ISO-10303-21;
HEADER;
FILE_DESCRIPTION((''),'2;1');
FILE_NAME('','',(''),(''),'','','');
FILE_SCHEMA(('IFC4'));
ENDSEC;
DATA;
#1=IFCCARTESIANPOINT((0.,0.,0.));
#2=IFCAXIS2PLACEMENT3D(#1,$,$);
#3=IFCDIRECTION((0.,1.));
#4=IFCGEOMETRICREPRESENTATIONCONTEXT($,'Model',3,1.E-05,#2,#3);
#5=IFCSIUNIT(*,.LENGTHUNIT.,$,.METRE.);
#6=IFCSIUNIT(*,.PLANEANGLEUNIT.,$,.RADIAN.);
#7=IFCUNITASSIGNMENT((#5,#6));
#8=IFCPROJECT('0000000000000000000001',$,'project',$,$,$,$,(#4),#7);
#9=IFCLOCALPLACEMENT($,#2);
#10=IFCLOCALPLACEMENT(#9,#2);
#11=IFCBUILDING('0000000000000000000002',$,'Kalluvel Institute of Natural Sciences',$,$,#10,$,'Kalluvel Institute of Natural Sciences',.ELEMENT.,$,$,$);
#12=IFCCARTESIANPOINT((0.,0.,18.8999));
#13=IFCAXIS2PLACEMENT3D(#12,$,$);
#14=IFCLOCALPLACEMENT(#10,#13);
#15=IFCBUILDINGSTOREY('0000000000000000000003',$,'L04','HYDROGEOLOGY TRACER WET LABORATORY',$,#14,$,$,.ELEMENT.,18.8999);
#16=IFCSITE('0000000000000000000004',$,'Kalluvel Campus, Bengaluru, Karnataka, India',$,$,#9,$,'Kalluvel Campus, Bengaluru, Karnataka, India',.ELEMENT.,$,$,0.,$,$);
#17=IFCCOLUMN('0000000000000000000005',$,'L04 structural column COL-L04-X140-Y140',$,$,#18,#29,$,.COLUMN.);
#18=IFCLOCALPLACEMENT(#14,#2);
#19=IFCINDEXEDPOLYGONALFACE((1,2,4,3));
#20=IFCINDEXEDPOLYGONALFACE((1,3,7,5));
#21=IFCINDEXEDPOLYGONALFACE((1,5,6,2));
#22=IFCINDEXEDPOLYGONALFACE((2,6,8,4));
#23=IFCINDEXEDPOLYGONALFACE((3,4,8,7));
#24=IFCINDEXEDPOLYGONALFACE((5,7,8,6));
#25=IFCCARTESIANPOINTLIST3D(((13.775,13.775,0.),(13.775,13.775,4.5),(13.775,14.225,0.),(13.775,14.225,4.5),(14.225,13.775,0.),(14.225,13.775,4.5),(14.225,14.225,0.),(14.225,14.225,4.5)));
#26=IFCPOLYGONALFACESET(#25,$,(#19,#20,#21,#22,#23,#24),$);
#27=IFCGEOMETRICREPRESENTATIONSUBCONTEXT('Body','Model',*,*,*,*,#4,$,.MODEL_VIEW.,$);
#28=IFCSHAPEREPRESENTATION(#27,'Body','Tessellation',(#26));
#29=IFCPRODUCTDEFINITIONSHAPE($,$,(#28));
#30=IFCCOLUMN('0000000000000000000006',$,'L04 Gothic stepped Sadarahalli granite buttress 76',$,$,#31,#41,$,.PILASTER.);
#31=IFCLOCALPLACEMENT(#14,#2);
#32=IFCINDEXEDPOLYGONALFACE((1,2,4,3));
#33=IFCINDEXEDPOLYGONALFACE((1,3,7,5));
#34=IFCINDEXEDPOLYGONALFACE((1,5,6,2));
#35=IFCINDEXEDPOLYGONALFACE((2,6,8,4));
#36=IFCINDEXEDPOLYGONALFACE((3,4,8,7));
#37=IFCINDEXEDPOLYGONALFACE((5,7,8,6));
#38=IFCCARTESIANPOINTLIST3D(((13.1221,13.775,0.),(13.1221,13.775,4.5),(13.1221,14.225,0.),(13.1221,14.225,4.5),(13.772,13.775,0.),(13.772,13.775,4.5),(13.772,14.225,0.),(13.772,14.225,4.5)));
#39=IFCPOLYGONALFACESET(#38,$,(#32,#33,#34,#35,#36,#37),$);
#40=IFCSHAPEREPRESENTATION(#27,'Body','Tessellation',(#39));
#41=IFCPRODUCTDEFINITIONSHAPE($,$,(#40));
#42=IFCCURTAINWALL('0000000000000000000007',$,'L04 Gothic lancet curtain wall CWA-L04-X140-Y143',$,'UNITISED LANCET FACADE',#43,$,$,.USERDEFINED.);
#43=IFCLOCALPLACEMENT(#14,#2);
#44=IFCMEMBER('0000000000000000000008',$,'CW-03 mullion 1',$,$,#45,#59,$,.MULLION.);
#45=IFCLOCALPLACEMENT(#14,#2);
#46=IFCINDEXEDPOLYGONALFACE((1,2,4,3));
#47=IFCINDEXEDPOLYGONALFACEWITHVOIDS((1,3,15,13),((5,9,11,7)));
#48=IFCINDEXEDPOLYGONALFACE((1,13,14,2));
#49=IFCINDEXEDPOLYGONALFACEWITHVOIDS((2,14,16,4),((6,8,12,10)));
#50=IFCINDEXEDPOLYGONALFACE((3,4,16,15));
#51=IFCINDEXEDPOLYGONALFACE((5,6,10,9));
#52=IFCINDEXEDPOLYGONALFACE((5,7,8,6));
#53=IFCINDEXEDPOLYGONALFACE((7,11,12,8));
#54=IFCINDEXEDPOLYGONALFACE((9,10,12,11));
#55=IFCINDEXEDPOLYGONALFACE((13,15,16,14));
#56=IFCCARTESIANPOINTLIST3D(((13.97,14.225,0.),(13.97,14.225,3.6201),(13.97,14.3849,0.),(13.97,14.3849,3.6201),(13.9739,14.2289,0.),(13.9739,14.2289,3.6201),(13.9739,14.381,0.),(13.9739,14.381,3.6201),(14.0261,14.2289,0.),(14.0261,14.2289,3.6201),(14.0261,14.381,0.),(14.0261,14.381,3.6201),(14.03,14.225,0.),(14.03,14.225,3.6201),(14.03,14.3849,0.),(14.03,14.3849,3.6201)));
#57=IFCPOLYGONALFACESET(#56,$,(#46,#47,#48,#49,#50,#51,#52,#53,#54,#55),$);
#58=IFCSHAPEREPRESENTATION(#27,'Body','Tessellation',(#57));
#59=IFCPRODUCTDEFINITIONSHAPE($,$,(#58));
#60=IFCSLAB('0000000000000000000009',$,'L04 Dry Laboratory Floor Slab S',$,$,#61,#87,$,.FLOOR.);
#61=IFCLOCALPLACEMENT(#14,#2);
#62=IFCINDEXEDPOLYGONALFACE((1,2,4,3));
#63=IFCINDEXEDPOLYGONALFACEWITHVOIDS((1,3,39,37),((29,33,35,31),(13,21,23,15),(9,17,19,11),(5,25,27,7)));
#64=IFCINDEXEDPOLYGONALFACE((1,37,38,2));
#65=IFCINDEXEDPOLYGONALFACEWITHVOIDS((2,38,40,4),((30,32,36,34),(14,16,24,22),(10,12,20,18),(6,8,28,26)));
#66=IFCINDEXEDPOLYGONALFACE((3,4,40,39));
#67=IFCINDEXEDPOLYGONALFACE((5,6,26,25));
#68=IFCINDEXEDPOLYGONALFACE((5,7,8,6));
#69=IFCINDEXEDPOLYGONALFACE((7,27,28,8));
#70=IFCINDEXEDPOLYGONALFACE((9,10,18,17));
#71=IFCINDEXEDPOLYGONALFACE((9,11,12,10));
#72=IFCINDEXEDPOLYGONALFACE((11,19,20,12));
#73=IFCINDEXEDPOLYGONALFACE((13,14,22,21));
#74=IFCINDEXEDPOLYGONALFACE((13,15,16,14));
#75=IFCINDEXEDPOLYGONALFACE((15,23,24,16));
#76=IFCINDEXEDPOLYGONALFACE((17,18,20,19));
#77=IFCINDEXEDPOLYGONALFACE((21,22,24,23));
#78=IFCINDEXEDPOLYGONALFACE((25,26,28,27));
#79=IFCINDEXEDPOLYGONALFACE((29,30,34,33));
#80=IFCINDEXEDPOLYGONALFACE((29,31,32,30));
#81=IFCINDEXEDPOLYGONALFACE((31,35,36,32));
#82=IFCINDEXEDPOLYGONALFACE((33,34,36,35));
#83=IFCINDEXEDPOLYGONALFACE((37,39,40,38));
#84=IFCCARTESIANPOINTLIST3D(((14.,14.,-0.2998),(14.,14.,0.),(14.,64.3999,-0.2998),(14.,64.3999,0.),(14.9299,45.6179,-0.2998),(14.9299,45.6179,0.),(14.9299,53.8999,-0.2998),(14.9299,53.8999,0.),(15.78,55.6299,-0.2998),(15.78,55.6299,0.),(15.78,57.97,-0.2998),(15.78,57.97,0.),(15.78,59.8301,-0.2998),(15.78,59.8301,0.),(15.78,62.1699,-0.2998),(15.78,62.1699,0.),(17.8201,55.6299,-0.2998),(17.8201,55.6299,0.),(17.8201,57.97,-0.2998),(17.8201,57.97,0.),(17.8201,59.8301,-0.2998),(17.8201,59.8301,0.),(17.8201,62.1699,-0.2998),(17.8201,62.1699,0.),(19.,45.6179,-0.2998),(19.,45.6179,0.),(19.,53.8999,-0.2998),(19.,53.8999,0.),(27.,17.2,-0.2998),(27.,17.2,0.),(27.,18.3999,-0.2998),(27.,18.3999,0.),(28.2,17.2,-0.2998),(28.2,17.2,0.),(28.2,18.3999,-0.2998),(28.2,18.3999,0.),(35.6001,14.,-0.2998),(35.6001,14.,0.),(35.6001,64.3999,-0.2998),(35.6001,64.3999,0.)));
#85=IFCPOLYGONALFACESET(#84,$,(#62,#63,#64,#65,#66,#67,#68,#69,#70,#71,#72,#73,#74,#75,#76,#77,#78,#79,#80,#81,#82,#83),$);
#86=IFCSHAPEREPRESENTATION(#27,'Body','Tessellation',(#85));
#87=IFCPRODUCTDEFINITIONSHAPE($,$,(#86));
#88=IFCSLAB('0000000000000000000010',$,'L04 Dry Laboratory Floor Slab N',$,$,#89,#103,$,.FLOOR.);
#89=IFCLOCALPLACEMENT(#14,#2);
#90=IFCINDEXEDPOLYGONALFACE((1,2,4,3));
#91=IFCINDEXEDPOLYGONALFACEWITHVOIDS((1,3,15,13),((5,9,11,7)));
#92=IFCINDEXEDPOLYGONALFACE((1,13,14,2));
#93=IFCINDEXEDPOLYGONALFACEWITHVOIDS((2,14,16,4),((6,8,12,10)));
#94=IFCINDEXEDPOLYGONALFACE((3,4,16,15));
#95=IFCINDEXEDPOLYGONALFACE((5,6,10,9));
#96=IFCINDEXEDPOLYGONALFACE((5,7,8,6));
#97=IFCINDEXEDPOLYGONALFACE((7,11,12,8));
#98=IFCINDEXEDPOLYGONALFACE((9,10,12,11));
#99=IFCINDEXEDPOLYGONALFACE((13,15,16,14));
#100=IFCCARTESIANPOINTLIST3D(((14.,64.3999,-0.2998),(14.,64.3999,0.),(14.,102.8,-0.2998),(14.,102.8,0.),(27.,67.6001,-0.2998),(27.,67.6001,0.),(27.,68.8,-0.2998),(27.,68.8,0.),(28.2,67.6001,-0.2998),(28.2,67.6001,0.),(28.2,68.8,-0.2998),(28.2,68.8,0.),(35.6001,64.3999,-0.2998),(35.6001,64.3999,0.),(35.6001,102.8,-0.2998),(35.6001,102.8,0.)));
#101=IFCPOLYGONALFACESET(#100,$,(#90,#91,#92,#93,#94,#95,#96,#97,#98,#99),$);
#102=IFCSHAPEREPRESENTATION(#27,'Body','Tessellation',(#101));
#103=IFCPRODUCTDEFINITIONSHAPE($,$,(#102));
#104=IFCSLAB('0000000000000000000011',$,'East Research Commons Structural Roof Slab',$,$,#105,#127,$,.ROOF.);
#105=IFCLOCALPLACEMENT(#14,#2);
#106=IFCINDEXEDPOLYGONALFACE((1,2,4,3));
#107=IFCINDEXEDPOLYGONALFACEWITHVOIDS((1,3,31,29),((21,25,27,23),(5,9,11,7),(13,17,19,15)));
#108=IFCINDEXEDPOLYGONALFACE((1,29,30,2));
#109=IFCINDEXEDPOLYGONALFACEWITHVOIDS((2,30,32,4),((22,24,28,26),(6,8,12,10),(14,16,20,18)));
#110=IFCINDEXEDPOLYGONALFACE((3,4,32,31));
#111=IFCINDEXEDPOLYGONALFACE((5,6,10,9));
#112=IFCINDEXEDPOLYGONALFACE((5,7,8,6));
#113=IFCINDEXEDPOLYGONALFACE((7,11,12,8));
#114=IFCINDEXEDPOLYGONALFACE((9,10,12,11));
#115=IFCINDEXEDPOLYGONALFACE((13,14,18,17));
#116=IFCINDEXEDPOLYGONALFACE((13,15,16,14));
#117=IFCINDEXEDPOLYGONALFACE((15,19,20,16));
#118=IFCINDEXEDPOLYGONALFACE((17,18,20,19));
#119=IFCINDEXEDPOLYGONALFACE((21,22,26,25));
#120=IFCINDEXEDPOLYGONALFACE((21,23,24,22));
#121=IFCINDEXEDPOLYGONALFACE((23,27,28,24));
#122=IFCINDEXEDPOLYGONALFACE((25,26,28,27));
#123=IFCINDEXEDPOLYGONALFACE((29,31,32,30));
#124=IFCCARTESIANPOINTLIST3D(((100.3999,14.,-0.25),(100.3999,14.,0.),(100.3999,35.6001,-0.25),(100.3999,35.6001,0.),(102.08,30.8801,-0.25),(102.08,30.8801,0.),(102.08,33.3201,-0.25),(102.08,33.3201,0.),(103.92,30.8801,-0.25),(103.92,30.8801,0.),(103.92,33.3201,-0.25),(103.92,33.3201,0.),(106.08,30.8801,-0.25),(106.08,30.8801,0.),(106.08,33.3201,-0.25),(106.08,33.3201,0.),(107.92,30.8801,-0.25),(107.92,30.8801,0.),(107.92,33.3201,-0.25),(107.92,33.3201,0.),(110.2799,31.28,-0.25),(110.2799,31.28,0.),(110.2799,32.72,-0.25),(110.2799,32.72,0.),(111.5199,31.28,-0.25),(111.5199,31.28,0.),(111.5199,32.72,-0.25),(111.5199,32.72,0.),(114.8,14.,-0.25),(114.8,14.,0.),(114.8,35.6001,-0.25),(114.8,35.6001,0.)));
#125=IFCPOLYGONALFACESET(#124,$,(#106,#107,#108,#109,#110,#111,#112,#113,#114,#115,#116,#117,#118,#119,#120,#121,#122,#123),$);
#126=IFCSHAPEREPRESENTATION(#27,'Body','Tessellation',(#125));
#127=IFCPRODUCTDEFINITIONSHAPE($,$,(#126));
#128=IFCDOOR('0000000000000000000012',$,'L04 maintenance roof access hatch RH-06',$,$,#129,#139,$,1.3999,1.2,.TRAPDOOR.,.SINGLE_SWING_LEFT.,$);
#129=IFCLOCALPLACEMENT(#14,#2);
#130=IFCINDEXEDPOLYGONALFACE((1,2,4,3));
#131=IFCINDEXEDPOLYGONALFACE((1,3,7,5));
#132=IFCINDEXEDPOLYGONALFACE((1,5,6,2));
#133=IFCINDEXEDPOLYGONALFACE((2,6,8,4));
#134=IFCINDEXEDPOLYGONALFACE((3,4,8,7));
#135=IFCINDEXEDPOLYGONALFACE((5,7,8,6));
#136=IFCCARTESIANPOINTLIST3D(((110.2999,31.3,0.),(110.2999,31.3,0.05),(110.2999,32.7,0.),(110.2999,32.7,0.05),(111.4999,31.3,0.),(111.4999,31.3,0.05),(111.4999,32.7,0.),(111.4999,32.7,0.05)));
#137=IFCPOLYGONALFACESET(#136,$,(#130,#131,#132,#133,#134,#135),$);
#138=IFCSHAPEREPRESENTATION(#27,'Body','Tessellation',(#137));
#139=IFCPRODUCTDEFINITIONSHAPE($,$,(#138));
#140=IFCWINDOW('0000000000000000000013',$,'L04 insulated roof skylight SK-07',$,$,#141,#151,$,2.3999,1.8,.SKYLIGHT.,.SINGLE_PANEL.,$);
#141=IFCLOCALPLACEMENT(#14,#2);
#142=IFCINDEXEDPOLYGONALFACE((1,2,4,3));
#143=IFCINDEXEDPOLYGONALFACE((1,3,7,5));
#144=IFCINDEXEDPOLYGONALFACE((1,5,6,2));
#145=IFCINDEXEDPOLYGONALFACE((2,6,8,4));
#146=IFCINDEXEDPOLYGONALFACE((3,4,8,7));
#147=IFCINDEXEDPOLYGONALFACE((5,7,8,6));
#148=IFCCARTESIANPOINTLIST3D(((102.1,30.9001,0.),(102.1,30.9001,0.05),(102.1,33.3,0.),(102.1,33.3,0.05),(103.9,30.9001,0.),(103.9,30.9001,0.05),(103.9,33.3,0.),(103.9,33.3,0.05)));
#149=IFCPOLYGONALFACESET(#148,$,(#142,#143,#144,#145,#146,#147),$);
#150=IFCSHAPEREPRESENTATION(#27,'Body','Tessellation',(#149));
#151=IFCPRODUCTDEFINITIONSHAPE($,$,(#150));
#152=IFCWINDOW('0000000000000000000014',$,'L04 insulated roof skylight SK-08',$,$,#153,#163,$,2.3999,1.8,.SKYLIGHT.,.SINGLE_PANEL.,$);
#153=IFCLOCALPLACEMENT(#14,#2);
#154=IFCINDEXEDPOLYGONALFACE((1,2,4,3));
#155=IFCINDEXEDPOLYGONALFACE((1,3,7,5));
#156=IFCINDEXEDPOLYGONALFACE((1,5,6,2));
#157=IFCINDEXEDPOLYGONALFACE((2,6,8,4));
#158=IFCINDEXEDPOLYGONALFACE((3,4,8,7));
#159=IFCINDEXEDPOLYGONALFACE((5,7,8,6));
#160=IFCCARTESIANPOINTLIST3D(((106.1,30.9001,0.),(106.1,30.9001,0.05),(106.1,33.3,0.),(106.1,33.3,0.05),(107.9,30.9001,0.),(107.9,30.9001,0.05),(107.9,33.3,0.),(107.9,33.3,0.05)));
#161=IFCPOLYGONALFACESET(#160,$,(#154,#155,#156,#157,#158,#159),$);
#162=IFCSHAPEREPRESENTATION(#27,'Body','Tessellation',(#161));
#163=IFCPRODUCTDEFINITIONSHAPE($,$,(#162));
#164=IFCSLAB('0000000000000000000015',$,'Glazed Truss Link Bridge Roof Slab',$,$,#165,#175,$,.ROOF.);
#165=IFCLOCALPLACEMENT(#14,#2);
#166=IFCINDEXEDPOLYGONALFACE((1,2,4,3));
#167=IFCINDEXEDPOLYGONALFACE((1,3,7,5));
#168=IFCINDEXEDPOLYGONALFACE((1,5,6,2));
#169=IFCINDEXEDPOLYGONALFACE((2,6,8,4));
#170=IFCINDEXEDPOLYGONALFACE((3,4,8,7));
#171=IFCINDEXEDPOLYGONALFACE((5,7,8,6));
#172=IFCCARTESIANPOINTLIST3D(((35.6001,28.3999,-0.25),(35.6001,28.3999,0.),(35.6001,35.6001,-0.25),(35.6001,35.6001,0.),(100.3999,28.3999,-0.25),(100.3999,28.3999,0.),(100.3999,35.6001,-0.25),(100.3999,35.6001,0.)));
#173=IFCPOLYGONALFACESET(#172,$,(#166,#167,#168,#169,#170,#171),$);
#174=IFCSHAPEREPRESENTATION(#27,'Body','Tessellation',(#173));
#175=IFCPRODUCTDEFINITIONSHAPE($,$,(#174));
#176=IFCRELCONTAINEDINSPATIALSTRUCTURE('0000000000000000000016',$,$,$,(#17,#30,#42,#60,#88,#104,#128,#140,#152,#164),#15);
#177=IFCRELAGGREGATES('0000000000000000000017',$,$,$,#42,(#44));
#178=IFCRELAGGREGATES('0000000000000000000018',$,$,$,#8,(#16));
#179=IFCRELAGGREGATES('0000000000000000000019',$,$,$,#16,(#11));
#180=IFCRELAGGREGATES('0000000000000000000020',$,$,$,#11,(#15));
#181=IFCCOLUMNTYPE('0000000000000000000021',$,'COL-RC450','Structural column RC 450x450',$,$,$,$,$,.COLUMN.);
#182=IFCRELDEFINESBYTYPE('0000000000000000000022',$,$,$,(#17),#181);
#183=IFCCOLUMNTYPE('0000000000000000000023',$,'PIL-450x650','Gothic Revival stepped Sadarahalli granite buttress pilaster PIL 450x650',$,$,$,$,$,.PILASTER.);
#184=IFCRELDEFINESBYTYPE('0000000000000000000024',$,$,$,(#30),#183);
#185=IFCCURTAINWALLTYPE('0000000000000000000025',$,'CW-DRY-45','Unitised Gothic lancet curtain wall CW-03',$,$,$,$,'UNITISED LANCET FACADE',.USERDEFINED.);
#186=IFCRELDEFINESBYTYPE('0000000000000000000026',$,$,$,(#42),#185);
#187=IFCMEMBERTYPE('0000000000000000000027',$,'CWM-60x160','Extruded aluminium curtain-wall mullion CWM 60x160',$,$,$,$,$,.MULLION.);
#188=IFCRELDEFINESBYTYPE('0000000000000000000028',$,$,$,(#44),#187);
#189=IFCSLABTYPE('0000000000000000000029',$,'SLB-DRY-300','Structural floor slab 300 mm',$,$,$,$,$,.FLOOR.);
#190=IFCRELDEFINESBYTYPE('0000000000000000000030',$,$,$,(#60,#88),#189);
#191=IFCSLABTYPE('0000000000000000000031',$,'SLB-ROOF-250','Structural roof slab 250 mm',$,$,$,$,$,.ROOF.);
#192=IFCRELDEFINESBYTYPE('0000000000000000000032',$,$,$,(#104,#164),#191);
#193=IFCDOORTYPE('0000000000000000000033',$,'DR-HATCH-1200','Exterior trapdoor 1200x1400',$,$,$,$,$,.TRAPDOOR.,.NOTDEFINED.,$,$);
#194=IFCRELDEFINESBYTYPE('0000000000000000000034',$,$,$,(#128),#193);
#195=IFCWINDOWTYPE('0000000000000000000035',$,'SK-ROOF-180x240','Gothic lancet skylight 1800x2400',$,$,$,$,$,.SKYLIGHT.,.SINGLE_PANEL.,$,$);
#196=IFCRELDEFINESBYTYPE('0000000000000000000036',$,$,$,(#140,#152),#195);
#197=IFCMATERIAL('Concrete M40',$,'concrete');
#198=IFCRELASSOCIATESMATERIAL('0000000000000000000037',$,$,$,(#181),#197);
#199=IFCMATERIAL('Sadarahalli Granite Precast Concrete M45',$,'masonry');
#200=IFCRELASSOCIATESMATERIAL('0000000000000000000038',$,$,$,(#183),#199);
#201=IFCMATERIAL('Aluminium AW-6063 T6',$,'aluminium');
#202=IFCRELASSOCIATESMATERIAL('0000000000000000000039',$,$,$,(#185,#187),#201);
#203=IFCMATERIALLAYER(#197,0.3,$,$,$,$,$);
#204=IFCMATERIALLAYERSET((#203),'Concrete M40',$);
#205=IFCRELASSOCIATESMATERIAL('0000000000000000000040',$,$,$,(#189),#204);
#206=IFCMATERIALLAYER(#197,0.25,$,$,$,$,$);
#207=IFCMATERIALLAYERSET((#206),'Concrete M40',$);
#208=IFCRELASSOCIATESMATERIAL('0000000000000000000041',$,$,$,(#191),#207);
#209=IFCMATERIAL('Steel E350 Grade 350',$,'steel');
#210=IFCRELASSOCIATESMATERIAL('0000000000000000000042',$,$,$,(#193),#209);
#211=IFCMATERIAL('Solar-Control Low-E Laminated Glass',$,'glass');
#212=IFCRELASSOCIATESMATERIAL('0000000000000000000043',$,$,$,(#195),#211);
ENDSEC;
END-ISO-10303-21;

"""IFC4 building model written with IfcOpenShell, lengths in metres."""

from ifc_helpers import new_model, si_unit, direction, frame, origin, origin_2d, place, context, subcontext, project, spatial, polyline, rectangle, hollow_rectangle, outline, extrude, material, layer, layer_set, material_profile, profile_set, type_object, element, fill, aggregate, save


model = new_model("IFC4")

# Units and contexts
model_context = context("Model", 3, precision=1e-05, world=origin(), true_north=direction((0.0, 1.0)))
body_context = subcontext(model_context, "Body", "Model", "MODEL_VIEW")
ifc_project = project(units=[si_unit("LENGTHUNIT", "METRE"), si_unit("PLANEANGLEUNIT", "RADIAN")], contexts=[model_context])

# Site, building, storey
site_placement = place(None, origin())
site = spatial("IfcSite", under=ifc_project, at=site_placement, Name="Kalluvel Campus, Bengaluru, Karnataka, India", LongName="Kalluvel Campus, Bengaluru, Karnataka, India", CompositionType="ELEMENT", RefElevation=0.0)
building_placement = place(site_placement, origin())
building = spatial("IfcBuilding", under=site, at=building_placement, Name="Kalluvel Institute of Natural Sciences", LongName="Kalluvel Institute of Natural Sciences", CompositionType="ELEMENT")
storey_placement = place(building_placement, frame((0.0, 0.0, 18.8999)))
storey = spatial("IfcBuildingStorey", under=building, at=storey_placement, Name="L04", Description="HYDROGEOLOGY TRACER WET LABORATORY", CompositionType="ELEMENT", Elevation=18.8999)

# Columns
ifc_material_1 = material(Name="Concrete M40", Category="concrete")
ifc_material_profile_1 = material_profile(ifc_material_1, rectangle(XDim=0.45, YDim=0.45, at=origin_2d()), Name="RC 450x450")
ifc_profile_set_1 = profile_set([ifc_material_profile_1], Name="Concrete M40")
column_type_1 = type_object("IfcColumnType", Name="COL-RC450", Description="Structural column RC 450x450", PredefinedType="COLUMN", material=ifc_profile_set_1)
column_1_placement = place(storey_placement, frame((14.0, 14.0, 0.0), z_axis=(0.0, 0.0, 1.0), x_axis=(1.0, 0.0, 0.0)))
element("IfcColumn", 1, at=column_1_placement, inside=storey, type_object=column_type_1, Name="L04 structural column COL-L04-X140-Y140", PredefinedType="COLUMN", context=body_context, shape_type="SweptSolid", body=[
    extrude(rectangle(XDim=0.45, YDim=0.45, at=origin_2d()), origin(), (0.0, 0.0, 1.0), 4.5),
])
ifc_material_2 = material(Name="Sadarahalli Granite Precast Concrete M45", Category="masonry")
ifc_material_profile_2 = material_profile(ifc_material_2, rectangle(XDim=0.45, YDim=0.6499, at=origin_2d()), Name="PIL 450x650")
ifc_profile_set_2 = profile_set([ifc_material_profile_2], Name="Sadarahalli Granite Precast Concrete M45")
column_type_2 = type_object("IfcColumnType", Name="PIL-450x650", Description="Gothic Revival stepped Sadarahalli granite buttress pilaster PIL 450x650", PredefinedType="PILASTER", material=ifc_profile_set_2)
column_2_placement = place(storey_placement, frame((13.447, 14.0, 0.0), z_axis=(0.0, 0.0, 1.0), x_axis=(0.0, 1.0, 0.0)))
element("IfcColumn", 2, at=column_2_placement, inside=storey, type_object=column_type_2, Name="L04 Gothic stepped Sadarahalli granite buttress 76", PredefinedType="PILASTER", context=body_context, shape_type="SweptSolid", body=[
    extrude(rectangle(XDim=0.45, YDim=0.6499, at=origin_2d()), origin(), (0.0, 0.0, 1.0), 4.5),
])

# Curtain wall, member
ifc_material_3 = material(Name="Aluminium AW-6063 T6", Category="aluminium")
curtain_wall_type = type_object("IfcCurtainWallType", Name="CW-DRY-45", Description="Unitised Gothic lancet curtain wall CW-03", ElementType="UNITISED LANCET FACADE", PredefinedType="USERDEFINED", material=ifc_material_3)
curtain_wall_placement = place(storey_placement, origin())
curtain_wall = element("IfcCurtainWall", 3, at=curtain_wall_placement, inside=storey, type_object=curtain_wall_type, Name="L04 Gothic lancet curtain wall CWA-L04-X140-Y143", ObjectType="UNITISED LANCET FACADE", PredefinedType="USERDEFINED")
ifc_material_profile_3 = material_profile(ifc_material_3, hollow_rectangle(XDim=0.0601, YDim=0.1599, WallThickness=0.0039, at=origin_2d()), Name="CWM 60x160")
ifc_profile_set_3 = profile_set([ifc_material_profile_3], Name="Aluminium AW-6063 T6")
member_type = type_object("IfcMemberType", Name="CWM-60x160", Description="Extruded aluminium curtain-wall mullion CWM 60x160", PredefinedType="MULLION", material=ifc_profile_set_3)
member_placement = place(storey_placement, frame((14.0, 14.3049, 0.0), z_axis=(0.0, 0.0, 1.0), x_axis=(-1.0, 0.0, 0.0)))
member = element("IfcMember", 4, at=member_placement, type_object=member_type, Name="CW-03 mullion 1", PredefinedType="MULLION", context=body_context, shape_type="SweptSolid", body=[
    extrude(hollow_rectangle(XDim=0.0601, YDim=0.1599, WallThickness=0.0039, at=origin_2d()), origin(), (0.0, 0.0, 1.0), 3.6201),
])
aggregate(curtain_wall, [member])

# Slabs
ifc_layer_1 = layer(ifc_material_1, 0.3)
ifc_layer_set_1 = layer_set([ifc_layer_1], Name="Concrete M40")
slab_type_1 = type_object("IfcSlabType", Name="SLB-DRY-300", Description="Structural floor slab 300 mm", PredefinedType="FLOOR", material=ifc_layer_set_1)
slab_1_placement = place(storey_placement, frame((0.0, 0.0, -0.2998)))
element("IfcSlab", 5, at=slab_1_placement, inside=storey, type_object=slab_type_1, Name="L04 Dry Laboratory Floor Slab S", PredefinedType="FLOOR", context=body_context, shape_type="SweptSolid", body=[
    extrude(outline(polyline([(14.0, 14.0), (35.6001, 14.0), (35.6001, 64.3999), (14.0, 64.3999), (14.0, 14.0)]), holes=[polyline([(28.2, 18.3999), (28.2, 17.2), (27.0, 17.2), (27.0, 18.3999), (28.2, 18.3999)]), polyline([(14.9299, 53.8999), (19.0, 53.8999), (19.0, 45.6179), (14.9299, 45.6179), (14.9299, 53.8999)]), polyline([(17.8201, 57.97), (17.8201, 55.6299), (15.78, 55.6299), (15.78, 57.97), (17.8201, 57.97)]), polyline([(17.8201, 62.1699), (17.8201, 59.8301), (15.78, 59.8301), (15.78, 62.1699), (17.8201, 62.1699)])]), origin(), (0.0, 0.0, 1.0), 0.2998),
])
slab_2_placement = place(storey_placement, frame((0.0, 0.0, -0.2998)))
element("IfcSlab", 6, at=slab_2_placement, inside=storey, type_object=slab_type_1, Name="L04 Dry Laboratory Floor Slab N", PredefinedType="FLOOR", context=body_context, shape_type="SweptSolid", body=[
    extrude(outline(polyline([(14.0, 64.3999), (35.6001, 64.3999), (35.6001, 102.8), (14.0, 102.8), (14.0, 64.3999)]), holes=[polyline([(27.0, 67.6001), (27.0, 68.8), (28.2, 68.8), (28.2, 67.6001), (27.0, 67.6001)])]), origin(), (0.0, 0.0, 1.0), 0.2998),
])

# Slab, openings, door, windows
ifc_layer_2 = layer(ifc_material_1, 0.25)
ifc_layer_set_2 = layer_set([ifc_layer_2], Name="Concrete M40")
slab_type_2 = type_object("IfcSlabType", Name="SLB-ROOF-250", Description="Structural roof slab 250 mm", PredefinedType="ROOF", material=ifc_layer_set_2)
slab_3_placement = place(storey_placement, frame((0.0, 0.0, -0.25)))
slab_3 = element("IfcSlab", 7, at=slab_3_placement, inside=storey, type_object=slab_type_2, Name="East Research Commons Structural Roof Slab", PredefinedType="ROOF", context=body_context, shape_type="SweptSolid", body=[
    extrude(outline(polyline([(100.3999, 14.0), (114.8, 14.0), (114.8, 35.6001), (100.3999, 35.6001), (100.3999, 14.0)])), origin(), (0.0, 0.0, 1.0), 0.25),
])
opening_1_placement = place(slab_3_placement, frame((103.0, 32.1001, 0.0)))
opening_1 = element("IfcOpeningElement", 8, at=opening_1_placement, cuts=slab_3, PredefinedType="OPENING", context=body_context, shape_type="SweptSolid", body=[
    extrude(rectangle(XDim=1.8401, YDim=2.4399, at=origin_2d()), frame((0.0, 0.0, -0.05)), (0.0, 0.0, 1.0), 0.4001),
])
opening_2_placement = place(slab_3_placement, frame((107.0, 32.1001, 0.0)))
opening_2 = element("IfcOpeningElement", 9, at=opening_2_placement, cuts=slab_3, PredefinedType="OPENING", context=body_context, shape_type="SweptSolid", body=[
    extrude(rectangle(XDim=1.8401, YDim=2.4399, at=origin_2d()), frame((0.0, 0.0, -0.05)), (0.0, 0.0, 1.0), 0.4001),
])
opening_3_placement = place(slab_3_placement, frame((110.8999, 32.0, 0.0)))
opening_3 = element("IfcOpeningElement", 10, at=opening_3_placement, cuts=slab_3, PredefinedType="OPENING", context=body_context, shape_type="SweptSolid", body=[
    extrude(rectangle(XDim=1.24, YDim=1.4399, at=origin_2d()), frame((0.0, 0.0, -0.05)), (0.0, 0.0, 1.0), 0.4001),
])
ifc_material_4 = material(Name="Steel E350 Grade 350", Category="steel")
door_type = type_object("IfcDoorType", Name="DR-HATCH-1200", Description="Exterior trapdoor 1200x1400", OperationType="NOTDEFINED", PredefinedType="TRAPDOOR", material=ifc_material_4)
door_placement = place(opening_3_placement, frame((0.0, 0.0, 0.25)))
door = element("IfcDoor", 11, at=door_placement, inside=storey, type_object=door_type, Name="L04 maintenance roof access hatch RH-06", OperationType="SINGLE_SWING_LEFT", OverallHeight=1.3999, OverallWidth=1.2, PredefinedType="TRAPDOOR", context=body_context, shape_type="SweptSolid", body=[
    extrude(rectangle(XDim=1.2, YDim=1.3999, at=origin_2d()), origin(), (0.0, 0.0, 1.0), 0.05),
])
fill(opening_3, door)
ifc_material_5 = material(Name="Solar-Control Low-E Laminated Glass", Category="glass")
window_type = type_object("IfcWindowType", Name="SK-ROOF-180x240", Description="Gothic lancet skylight 1800x2400", PartitioningType="SINGLE_PANEL", PredefinedType="SKYLIGHT", material=ifc_material_5)
window_1_placement = place(opening_1_placement, frame((0.0, 0.0, 0.25)))
window_1 = element("IfcWindow", 12, at=window_1_placement, inside=storey, type_object=window_type, Name="L04 insulated roof skylight SK-07", OverallHeight=2.3999, OverallWidth=1.8, PartitioningType="SINGLE_PANEL", PredefinedType="SKYLIGHT", context=body_context, shape_type="SweptSolid", body=[
    extrude(rectangle(XDim=1.8, YDim=2.3999, at=origin_2d()), origin(), (0.0, 0.0, 1.0), 0.05),
])
fill(opening_1, window_1)
window_2_placement = place(opening_2_placement, frame((0.0, 0.0, 0.25)))
window_2 = element("IfcWindow", 13, at=window_2_placement, inside=storey, type_object=window_type, Name="L04 insulated roof skylight SK-08", OverallHeight=2.3999, OverallWidth=1.8, PartitioningType="SINGLE_PANEL", PredefinedType="SKYLIGHT", context=body_context, shape_type="SweptSolid", body=[
    extrude(rectangle(XDim=1.8, YDim=2.3999, at=origin_2d()), origin(), (0.0, 0.0, 1.0), 0.05),
])
fill(opening_2, window_2)

# Slab
slab_4_placement = place(storey_placement, frame((0.0, 0.0, -0.25)))
element("IfcSlab", 14, at=slab_4_placement, inside=storey, type_object=slab_type_2, Name="Glazed Truss Link Bridge Roof Slab", PredefinedType="ROOF", context=body_context, shape_type="SweptSolid", body=[
    extrude(outline(polyline([(35.6001, 28.3999), (100.3999, 28.3999), (100.3999, 35.6001), (35.6001, 35.6001), (35.6001, 28.3999)])), origin(), (0.0, 0.0, 1.0), 0.25),
])

save(model, "model.ifc")
